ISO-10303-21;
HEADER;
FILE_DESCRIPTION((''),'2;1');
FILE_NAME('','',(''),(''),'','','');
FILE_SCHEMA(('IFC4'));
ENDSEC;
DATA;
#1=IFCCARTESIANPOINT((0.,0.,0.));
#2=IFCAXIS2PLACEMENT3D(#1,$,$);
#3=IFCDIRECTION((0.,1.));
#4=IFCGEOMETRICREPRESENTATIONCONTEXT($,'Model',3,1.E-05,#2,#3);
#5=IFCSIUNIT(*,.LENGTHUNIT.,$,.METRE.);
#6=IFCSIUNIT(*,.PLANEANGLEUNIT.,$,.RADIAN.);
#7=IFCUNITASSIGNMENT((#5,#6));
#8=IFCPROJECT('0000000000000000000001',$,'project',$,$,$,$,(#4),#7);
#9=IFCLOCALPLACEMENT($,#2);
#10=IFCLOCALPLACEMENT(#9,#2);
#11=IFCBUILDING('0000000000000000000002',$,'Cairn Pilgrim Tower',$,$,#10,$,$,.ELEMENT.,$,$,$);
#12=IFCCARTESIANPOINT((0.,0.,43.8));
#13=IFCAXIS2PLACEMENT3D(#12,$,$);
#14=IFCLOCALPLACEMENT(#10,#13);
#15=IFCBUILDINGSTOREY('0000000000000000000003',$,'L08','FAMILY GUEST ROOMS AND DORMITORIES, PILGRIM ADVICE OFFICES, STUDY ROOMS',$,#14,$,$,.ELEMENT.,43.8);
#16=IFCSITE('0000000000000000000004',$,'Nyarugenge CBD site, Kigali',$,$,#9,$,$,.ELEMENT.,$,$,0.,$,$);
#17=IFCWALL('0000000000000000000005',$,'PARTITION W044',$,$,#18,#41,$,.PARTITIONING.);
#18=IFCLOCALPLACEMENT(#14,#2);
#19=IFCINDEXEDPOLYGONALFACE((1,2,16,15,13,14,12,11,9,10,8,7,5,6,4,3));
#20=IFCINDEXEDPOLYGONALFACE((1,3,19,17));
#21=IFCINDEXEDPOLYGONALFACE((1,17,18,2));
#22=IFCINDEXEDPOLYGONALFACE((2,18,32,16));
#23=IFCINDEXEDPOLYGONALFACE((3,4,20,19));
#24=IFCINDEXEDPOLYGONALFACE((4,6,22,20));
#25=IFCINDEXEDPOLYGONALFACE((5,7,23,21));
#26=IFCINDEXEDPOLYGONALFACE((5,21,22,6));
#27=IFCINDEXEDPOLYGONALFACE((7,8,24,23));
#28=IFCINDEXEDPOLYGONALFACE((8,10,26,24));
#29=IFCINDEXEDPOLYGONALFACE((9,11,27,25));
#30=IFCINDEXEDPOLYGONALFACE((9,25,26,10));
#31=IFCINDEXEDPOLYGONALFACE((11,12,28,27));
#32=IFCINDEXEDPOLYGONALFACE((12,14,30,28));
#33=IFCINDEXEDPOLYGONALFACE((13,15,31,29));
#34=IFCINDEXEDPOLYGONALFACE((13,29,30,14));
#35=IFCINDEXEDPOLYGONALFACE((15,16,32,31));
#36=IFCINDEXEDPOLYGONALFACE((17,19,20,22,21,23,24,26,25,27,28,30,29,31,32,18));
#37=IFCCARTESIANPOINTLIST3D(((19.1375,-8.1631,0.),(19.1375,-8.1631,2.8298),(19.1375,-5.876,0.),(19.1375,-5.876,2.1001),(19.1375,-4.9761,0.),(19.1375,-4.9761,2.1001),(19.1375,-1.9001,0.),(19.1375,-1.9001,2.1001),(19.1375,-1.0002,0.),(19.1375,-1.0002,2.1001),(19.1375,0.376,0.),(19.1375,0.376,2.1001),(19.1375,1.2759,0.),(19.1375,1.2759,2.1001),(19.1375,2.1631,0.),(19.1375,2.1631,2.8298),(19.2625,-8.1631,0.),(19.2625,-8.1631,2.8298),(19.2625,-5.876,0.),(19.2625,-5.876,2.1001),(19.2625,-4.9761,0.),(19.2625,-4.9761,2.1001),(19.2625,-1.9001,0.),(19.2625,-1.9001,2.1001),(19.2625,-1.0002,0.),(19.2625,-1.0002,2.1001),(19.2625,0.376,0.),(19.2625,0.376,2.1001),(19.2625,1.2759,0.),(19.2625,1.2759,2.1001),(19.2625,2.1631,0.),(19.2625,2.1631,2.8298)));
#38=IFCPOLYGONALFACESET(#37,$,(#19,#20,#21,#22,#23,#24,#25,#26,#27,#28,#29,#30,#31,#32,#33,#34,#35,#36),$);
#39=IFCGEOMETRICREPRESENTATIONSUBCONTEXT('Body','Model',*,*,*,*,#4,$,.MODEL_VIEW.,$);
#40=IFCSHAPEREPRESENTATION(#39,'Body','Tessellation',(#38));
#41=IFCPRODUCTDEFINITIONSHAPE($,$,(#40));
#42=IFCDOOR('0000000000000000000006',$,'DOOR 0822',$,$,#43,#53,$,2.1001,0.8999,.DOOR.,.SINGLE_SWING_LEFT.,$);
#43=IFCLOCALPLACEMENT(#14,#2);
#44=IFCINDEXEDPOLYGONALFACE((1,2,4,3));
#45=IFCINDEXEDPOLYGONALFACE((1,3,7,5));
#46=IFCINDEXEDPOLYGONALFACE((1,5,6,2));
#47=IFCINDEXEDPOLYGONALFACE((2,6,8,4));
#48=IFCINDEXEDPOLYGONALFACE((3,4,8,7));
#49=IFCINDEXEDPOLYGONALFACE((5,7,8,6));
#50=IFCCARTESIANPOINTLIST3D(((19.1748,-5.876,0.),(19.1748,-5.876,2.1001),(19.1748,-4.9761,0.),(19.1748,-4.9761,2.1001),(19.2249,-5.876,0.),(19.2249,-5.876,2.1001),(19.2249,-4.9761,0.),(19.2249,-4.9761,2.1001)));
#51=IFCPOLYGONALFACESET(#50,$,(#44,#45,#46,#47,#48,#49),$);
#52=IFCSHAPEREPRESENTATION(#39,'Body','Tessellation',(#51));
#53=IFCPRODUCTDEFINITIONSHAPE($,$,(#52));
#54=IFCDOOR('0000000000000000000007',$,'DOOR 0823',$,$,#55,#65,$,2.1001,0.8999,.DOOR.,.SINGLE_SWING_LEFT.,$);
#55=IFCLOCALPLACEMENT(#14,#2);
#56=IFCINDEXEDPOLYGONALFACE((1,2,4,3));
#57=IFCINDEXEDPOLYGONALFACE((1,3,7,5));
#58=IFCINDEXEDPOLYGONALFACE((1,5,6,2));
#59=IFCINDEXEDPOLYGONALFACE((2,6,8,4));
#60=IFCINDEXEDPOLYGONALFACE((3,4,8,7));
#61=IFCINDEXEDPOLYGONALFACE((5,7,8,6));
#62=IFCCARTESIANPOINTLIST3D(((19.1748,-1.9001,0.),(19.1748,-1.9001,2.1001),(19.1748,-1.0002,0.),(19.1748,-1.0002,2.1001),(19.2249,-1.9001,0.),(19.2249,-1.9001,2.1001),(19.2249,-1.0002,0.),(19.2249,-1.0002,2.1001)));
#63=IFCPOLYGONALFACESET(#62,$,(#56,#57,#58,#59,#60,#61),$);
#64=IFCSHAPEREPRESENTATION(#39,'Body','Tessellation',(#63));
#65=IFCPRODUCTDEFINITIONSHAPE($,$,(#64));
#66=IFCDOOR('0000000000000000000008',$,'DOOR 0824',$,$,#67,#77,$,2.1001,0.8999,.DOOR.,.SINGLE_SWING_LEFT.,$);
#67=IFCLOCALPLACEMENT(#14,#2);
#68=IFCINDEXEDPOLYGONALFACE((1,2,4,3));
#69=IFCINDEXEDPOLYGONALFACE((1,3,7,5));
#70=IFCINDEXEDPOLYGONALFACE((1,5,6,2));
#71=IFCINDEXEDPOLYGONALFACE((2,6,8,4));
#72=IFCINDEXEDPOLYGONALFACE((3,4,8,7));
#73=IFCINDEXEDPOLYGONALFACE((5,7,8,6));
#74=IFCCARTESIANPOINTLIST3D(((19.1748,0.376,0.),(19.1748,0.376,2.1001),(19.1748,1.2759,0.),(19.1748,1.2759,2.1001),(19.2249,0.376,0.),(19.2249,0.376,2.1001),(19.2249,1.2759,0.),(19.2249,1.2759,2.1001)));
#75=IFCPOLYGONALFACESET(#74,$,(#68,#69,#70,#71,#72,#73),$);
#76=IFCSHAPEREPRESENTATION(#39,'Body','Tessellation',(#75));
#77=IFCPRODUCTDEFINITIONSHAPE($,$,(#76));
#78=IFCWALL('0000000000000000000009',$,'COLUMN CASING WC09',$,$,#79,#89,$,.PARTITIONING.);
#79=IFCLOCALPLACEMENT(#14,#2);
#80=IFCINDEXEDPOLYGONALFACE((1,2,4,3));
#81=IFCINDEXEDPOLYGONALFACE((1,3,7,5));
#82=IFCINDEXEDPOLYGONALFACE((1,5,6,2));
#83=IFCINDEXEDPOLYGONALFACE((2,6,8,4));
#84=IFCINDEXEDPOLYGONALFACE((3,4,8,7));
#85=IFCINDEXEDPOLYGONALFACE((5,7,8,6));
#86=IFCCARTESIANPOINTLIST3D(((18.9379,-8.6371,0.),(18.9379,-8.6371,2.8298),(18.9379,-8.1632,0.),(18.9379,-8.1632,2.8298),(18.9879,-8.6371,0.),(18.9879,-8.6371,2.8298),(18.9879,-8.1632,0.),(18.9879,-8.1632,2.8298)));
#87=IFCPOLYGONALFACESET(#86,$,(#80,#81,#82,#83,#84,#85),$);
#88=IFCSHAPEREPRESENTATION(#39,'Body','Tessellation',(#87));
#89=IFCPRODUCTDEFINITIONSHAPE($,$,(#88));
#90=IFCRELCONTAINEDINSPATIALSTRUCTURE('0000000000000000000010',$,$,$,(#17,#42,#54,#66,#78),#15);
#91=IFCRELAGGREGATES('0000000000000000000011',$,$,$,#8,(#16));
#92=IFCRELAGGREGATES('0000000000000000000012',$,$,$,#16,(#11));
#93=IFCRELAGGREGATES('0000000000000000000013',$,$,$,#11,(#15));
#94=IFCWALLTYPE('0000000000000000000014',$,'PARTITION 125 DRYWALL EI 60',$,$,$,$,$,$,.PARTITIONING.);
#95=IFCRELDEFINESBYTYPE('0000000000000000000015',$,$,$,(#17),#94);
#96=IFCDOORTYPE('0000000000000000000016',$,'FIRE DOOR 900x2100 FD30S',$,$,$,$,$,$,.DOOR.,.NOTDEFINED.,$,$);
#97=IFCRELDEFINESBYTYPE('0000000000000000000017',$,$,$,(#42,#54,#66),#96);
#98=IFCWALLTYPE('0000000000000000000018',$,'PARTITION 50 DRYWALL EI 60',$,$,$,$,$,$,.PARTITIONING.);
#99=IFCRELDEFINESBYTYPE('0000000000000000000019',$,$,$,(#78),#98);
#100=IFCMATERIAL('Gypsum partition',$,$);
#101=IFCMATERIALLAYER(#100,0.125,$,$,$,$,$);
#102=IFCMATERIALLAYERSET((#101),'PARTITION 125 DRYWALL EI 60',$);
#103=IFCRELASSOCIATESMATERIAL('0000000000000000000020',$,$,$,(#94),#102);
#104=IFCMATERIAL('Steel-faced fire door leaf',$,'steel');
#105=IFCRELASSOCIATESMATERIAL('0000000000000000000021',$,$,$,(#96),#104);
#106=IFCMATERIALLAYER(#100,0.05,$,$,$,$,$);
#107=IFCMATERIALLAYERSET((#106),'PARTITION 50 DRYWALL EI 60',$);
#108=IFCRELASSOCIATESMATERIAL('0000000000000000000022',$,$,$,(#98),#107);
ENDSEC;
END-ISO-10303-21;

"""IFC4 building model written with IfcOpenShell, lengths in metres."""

from ifc_helpers import new_model, si_unit, direction, frame, frame_2d, origin, place, context, subcontext, project, spatial, rectangle, extrude, material, layer, layer_set, type_object, element, fill, save


model = new_model("IFC4")

# Units and contexts
model_context = context("Model", 3, precision=1e-05, world=origin(), true_north=direction((0.0, 1.0)))
body_context = subcontext(model_context, "Body", "Model", "MODEL_VIEW")
ifc_project = project(units=[si_unit("LENGTHUNIT", "METRE"), si_unit("PLANEANGLEUNIT", "RADIAN")], contexts=[model_context])

# Site, building, storey
site_placement = place(None, origin())
site = spatial("IfcSite", under=ifc_project, at=site_placement, Name="Nyarugenge CBD site, Kigali", CompositionType="ELEMENT", RefElevation=0.0)
building_placement = place(site_placement, origin())
building = spatial("IfcBuilding", under=site, at=building_placement, Name="Cairn Pilgrim Tower", CompositionType="ELEMENT")
storey_placement = place(building_placement, frame((0.0, 0.0, 43.8)))
storey = spatial("IfcBuildingStorey", under=building, at=storey_placement, Name="L08", Description="FAMILY GUEST ROOMS AND DORMITORIES, PILGRIM ADVICE OFFICES, STUDY ROOMS", CompositionType="ELEMENT", Elevation=43.8)

# Shared definitions
ifc_material_1 = material(Name="Gypsum partition")

# Shared definitions
ifc_layer_1 = layer(ifc_material_1, 0.125)
ifc_layer_set_1 = layer_set([ifc_layer_1], Name="PARTITION 125 DRYWALL EI 60")
wall_type_1 = type_object("IfcWallType", Name="PARTITION 125 DRYWALL EI 60", PredefinedType="PARTITIONING", material=ifc_layer_set_1)
ifc_material_2 = material(Name="Steel-faced fire door leaf", Category="steel")

# Wall, openings, doors
wall_1_placement = place(storey_placement, frame((19.2, -8.1631, 0.0), z_axis=(0.0, 0.0, 1.0), x_axis=(0.0, 1.0, 0.0)))
wall_1 = element("IfcWall", 1, at=wall_1_placement, inside=storey, type_object=wall_type_1, Name="PARTITION W044", PredefinedType="PARTITIONING", context=body_context, shape_type="SweptSolid", body=[
    extrude(rectangle(XDim=10.3262, YDim=0.125, at=frame_2d((5.1631, 0.0))), origin(), (0.0, 0.0, 1.0), 2.8298),
])
opening_1_placement = place(wall_1_placement, frame((2.2871, 0.0, 0.0)))
opening_1 = element("IfcOpeningElement", 2, at=opening_1_placement, cuts=wall_1, PredefinedType="OPENING", context=body_context, shape_type="SweptSolid", body=[
    extrude(rectangle(XDim=0.8999, YDim=2.1001, at=frame_2d((0.45, 1.05))), frame((0.0, 0.0725, 0.0), z_axis=(0.0, -1.0, 0.0), x_axis=(1.0, 0.0, 0.0)), (0.0, 0.0, 1.0), 0.145),
])
opening_2_placement = place(wall_1_placement, frame((6.2629, 0.0, 0.0)))
opening_2 = element("IfcOpeningElement", 3, at=opening_2_placement, cuts=wall_1, PredefinedType="OPENING", context=body_context, shape_type="SweptSolid", body=[
    extrude(rectangle(XDim=0.8999, YDim=2.1001, at=frame_2d((0.45, 1.05))), frame((0.0, 0.0725, 0.0), z_axis=(0.0, -1.0, 0.0), x_axis=(1.0, 0.0, 0.0)), (0.0, 0.0, 1.0), 0.145),
])
opening_3_placement = place(wall_1_placement, frame((8.5391, 0.0, 0.0)))
opening_3 = element("IfcOpeningElement", 4, at=opening_3_placement, cuts=wall_1, PredefinedType="OPENING", context=body_context, shape_type="SweptSolid", body=[
    extrude(rectangle(XDim=0.8999, YDim=2.1001, at=frame_2d((0.45, 1.05))), frame((0.0, 0.0725, 0.0), z_axis=(0.0, -1.0, 0.0), x_axis=(1.0, 0.0, 0.0)), (0.0, 0.0, 1.0), 0.145),
])
door_type_1 = type_object("IfcDoorType", Name="FIRE DOOR 900x2100 FD30S", OperationType="NOTDEFINED", PredefinedType="DOOR", material=ifc_material_2)
door_1_placement = place(opening_1_placement, frame((0.8999, 0.0, 0.0), z_axis=(0.0, 0.0, 1.0), x_axis=(-1.0, 0.0, 0.0)))
door_1 = element("IfcDoor", 5, at=door_1_placement, inside=storey, type_object=door_type_1, Name="DOOR 0822", OperationType="SINGLE_SWING_LEFT", OverallHeight=2.1001, OverallWidth=0.8999, PredefinedType="DOOR", context=body_context, shape_type="SweptSolid", body=[
    extrude(rectangle(XDim=0.8999, YDim=2.1001, at=frame_2d((0.45, 1.05))), frame((0.0, 0.0249, 0.0), z_axis=(0.0, -1.0, 0.0), x_axis=(1.0, 0.0, 0.0)), (0.0, 0.0, 1.0), 0.05),
])
fill(opening_1, door_1)
door_2_placement = place(opening_2_placement, frame((0.8999, 0.0, 0.0), z_axis=(0.0, 0.0, 1.0), x_axis=(-1.0, 0.0, 0.0)))
door_2 = element("IfcDoor", 6, at=door_2_placement, inside=storey, type_object=door_type_1, Name="DOOR 0823", OperationType="SINGLE_SWING_LEFT", OverallHeight=2.1001, OverallWidth=0.8999, PredefinedType="DOOR", context=body_context, shape_type="SweptSolid", body=[
    extrude(rectangle(XDim=0.8999, YDim=2.1001, at=frame_2d((0.45, 1.05))), frame((0.0, 0.0249, 0.0), z_axis=(0.0, -1.0, 0.0), x_axis=(1.0, 0.0, 0.0)), (0.0, 0.0, 1.0), 0.05),
])
fill(opening_2, door_2)
door_3_placement = place(opening_3_placement, frame((0.8999, 0.0, 0.0), z_axis=(0.0, 0.0, 1.0), x_axis=(-1.0, 0.0, 0.0)))
door_3 = element("IfcDoor", 7, at=door_3_placement, inside=storey, type_object=door_type_1, Name="DOOR 0824", OperationType="SINGLE_SWING_LEFT", OverallHeight=2.1001, OverallWidth=0.8999, PredefinedType="DOOR", context=body_context, shape_type="SweptSolid", body=[
    extrude(rectangle(XDim=0.8999, YDim=2.1001, at=frame_2d((0.45, 1.05))), frame((0.0, 0.0249, 0.0), z_axis=(0.0, -1.0, 0.0), x_axis=(1.0, 0.0, 0.0)), (0.0, 0.0, 1.0), 0.05),
])
fill(opening_3, door_3)

# Wall
ifc_layer_2 = layer(ifc_material_1, 0.05)
ifc_layer_set_2 = layer_set([ifc_layer_2], Name="PARTITION 50 DRYWALL EI 60")
wall_type_2 = type_object("IfcWallType", Name="PARTITION 50 DRYWALL EI 60", PredefinedType="PARTITIONING", material=ifc_layer_set_2)
wall_2_placement = place(storey_placement, frame((18.9629, -8.637, 0.0), z_axis=(0.0, 0.0, 1.0), x_axis=(0.0, 1.0, 0.0)))
element("IfcWall", 8, at=wall_2_placement, inside=storey, type_object=wall_type_2, Name="COLUMN CASING WC09", PredefinedType="PARTITIONING", context=body_context, shape_type="SweptSolid", body=[
    extrude(rectangle(XDim=0.4739, YDim=0.05, at=frame_2d((0.2368, 0.0))), origin(), (0.0, 0.0, 1.0), 2.8298),
])

save(model, "model.ifc")
